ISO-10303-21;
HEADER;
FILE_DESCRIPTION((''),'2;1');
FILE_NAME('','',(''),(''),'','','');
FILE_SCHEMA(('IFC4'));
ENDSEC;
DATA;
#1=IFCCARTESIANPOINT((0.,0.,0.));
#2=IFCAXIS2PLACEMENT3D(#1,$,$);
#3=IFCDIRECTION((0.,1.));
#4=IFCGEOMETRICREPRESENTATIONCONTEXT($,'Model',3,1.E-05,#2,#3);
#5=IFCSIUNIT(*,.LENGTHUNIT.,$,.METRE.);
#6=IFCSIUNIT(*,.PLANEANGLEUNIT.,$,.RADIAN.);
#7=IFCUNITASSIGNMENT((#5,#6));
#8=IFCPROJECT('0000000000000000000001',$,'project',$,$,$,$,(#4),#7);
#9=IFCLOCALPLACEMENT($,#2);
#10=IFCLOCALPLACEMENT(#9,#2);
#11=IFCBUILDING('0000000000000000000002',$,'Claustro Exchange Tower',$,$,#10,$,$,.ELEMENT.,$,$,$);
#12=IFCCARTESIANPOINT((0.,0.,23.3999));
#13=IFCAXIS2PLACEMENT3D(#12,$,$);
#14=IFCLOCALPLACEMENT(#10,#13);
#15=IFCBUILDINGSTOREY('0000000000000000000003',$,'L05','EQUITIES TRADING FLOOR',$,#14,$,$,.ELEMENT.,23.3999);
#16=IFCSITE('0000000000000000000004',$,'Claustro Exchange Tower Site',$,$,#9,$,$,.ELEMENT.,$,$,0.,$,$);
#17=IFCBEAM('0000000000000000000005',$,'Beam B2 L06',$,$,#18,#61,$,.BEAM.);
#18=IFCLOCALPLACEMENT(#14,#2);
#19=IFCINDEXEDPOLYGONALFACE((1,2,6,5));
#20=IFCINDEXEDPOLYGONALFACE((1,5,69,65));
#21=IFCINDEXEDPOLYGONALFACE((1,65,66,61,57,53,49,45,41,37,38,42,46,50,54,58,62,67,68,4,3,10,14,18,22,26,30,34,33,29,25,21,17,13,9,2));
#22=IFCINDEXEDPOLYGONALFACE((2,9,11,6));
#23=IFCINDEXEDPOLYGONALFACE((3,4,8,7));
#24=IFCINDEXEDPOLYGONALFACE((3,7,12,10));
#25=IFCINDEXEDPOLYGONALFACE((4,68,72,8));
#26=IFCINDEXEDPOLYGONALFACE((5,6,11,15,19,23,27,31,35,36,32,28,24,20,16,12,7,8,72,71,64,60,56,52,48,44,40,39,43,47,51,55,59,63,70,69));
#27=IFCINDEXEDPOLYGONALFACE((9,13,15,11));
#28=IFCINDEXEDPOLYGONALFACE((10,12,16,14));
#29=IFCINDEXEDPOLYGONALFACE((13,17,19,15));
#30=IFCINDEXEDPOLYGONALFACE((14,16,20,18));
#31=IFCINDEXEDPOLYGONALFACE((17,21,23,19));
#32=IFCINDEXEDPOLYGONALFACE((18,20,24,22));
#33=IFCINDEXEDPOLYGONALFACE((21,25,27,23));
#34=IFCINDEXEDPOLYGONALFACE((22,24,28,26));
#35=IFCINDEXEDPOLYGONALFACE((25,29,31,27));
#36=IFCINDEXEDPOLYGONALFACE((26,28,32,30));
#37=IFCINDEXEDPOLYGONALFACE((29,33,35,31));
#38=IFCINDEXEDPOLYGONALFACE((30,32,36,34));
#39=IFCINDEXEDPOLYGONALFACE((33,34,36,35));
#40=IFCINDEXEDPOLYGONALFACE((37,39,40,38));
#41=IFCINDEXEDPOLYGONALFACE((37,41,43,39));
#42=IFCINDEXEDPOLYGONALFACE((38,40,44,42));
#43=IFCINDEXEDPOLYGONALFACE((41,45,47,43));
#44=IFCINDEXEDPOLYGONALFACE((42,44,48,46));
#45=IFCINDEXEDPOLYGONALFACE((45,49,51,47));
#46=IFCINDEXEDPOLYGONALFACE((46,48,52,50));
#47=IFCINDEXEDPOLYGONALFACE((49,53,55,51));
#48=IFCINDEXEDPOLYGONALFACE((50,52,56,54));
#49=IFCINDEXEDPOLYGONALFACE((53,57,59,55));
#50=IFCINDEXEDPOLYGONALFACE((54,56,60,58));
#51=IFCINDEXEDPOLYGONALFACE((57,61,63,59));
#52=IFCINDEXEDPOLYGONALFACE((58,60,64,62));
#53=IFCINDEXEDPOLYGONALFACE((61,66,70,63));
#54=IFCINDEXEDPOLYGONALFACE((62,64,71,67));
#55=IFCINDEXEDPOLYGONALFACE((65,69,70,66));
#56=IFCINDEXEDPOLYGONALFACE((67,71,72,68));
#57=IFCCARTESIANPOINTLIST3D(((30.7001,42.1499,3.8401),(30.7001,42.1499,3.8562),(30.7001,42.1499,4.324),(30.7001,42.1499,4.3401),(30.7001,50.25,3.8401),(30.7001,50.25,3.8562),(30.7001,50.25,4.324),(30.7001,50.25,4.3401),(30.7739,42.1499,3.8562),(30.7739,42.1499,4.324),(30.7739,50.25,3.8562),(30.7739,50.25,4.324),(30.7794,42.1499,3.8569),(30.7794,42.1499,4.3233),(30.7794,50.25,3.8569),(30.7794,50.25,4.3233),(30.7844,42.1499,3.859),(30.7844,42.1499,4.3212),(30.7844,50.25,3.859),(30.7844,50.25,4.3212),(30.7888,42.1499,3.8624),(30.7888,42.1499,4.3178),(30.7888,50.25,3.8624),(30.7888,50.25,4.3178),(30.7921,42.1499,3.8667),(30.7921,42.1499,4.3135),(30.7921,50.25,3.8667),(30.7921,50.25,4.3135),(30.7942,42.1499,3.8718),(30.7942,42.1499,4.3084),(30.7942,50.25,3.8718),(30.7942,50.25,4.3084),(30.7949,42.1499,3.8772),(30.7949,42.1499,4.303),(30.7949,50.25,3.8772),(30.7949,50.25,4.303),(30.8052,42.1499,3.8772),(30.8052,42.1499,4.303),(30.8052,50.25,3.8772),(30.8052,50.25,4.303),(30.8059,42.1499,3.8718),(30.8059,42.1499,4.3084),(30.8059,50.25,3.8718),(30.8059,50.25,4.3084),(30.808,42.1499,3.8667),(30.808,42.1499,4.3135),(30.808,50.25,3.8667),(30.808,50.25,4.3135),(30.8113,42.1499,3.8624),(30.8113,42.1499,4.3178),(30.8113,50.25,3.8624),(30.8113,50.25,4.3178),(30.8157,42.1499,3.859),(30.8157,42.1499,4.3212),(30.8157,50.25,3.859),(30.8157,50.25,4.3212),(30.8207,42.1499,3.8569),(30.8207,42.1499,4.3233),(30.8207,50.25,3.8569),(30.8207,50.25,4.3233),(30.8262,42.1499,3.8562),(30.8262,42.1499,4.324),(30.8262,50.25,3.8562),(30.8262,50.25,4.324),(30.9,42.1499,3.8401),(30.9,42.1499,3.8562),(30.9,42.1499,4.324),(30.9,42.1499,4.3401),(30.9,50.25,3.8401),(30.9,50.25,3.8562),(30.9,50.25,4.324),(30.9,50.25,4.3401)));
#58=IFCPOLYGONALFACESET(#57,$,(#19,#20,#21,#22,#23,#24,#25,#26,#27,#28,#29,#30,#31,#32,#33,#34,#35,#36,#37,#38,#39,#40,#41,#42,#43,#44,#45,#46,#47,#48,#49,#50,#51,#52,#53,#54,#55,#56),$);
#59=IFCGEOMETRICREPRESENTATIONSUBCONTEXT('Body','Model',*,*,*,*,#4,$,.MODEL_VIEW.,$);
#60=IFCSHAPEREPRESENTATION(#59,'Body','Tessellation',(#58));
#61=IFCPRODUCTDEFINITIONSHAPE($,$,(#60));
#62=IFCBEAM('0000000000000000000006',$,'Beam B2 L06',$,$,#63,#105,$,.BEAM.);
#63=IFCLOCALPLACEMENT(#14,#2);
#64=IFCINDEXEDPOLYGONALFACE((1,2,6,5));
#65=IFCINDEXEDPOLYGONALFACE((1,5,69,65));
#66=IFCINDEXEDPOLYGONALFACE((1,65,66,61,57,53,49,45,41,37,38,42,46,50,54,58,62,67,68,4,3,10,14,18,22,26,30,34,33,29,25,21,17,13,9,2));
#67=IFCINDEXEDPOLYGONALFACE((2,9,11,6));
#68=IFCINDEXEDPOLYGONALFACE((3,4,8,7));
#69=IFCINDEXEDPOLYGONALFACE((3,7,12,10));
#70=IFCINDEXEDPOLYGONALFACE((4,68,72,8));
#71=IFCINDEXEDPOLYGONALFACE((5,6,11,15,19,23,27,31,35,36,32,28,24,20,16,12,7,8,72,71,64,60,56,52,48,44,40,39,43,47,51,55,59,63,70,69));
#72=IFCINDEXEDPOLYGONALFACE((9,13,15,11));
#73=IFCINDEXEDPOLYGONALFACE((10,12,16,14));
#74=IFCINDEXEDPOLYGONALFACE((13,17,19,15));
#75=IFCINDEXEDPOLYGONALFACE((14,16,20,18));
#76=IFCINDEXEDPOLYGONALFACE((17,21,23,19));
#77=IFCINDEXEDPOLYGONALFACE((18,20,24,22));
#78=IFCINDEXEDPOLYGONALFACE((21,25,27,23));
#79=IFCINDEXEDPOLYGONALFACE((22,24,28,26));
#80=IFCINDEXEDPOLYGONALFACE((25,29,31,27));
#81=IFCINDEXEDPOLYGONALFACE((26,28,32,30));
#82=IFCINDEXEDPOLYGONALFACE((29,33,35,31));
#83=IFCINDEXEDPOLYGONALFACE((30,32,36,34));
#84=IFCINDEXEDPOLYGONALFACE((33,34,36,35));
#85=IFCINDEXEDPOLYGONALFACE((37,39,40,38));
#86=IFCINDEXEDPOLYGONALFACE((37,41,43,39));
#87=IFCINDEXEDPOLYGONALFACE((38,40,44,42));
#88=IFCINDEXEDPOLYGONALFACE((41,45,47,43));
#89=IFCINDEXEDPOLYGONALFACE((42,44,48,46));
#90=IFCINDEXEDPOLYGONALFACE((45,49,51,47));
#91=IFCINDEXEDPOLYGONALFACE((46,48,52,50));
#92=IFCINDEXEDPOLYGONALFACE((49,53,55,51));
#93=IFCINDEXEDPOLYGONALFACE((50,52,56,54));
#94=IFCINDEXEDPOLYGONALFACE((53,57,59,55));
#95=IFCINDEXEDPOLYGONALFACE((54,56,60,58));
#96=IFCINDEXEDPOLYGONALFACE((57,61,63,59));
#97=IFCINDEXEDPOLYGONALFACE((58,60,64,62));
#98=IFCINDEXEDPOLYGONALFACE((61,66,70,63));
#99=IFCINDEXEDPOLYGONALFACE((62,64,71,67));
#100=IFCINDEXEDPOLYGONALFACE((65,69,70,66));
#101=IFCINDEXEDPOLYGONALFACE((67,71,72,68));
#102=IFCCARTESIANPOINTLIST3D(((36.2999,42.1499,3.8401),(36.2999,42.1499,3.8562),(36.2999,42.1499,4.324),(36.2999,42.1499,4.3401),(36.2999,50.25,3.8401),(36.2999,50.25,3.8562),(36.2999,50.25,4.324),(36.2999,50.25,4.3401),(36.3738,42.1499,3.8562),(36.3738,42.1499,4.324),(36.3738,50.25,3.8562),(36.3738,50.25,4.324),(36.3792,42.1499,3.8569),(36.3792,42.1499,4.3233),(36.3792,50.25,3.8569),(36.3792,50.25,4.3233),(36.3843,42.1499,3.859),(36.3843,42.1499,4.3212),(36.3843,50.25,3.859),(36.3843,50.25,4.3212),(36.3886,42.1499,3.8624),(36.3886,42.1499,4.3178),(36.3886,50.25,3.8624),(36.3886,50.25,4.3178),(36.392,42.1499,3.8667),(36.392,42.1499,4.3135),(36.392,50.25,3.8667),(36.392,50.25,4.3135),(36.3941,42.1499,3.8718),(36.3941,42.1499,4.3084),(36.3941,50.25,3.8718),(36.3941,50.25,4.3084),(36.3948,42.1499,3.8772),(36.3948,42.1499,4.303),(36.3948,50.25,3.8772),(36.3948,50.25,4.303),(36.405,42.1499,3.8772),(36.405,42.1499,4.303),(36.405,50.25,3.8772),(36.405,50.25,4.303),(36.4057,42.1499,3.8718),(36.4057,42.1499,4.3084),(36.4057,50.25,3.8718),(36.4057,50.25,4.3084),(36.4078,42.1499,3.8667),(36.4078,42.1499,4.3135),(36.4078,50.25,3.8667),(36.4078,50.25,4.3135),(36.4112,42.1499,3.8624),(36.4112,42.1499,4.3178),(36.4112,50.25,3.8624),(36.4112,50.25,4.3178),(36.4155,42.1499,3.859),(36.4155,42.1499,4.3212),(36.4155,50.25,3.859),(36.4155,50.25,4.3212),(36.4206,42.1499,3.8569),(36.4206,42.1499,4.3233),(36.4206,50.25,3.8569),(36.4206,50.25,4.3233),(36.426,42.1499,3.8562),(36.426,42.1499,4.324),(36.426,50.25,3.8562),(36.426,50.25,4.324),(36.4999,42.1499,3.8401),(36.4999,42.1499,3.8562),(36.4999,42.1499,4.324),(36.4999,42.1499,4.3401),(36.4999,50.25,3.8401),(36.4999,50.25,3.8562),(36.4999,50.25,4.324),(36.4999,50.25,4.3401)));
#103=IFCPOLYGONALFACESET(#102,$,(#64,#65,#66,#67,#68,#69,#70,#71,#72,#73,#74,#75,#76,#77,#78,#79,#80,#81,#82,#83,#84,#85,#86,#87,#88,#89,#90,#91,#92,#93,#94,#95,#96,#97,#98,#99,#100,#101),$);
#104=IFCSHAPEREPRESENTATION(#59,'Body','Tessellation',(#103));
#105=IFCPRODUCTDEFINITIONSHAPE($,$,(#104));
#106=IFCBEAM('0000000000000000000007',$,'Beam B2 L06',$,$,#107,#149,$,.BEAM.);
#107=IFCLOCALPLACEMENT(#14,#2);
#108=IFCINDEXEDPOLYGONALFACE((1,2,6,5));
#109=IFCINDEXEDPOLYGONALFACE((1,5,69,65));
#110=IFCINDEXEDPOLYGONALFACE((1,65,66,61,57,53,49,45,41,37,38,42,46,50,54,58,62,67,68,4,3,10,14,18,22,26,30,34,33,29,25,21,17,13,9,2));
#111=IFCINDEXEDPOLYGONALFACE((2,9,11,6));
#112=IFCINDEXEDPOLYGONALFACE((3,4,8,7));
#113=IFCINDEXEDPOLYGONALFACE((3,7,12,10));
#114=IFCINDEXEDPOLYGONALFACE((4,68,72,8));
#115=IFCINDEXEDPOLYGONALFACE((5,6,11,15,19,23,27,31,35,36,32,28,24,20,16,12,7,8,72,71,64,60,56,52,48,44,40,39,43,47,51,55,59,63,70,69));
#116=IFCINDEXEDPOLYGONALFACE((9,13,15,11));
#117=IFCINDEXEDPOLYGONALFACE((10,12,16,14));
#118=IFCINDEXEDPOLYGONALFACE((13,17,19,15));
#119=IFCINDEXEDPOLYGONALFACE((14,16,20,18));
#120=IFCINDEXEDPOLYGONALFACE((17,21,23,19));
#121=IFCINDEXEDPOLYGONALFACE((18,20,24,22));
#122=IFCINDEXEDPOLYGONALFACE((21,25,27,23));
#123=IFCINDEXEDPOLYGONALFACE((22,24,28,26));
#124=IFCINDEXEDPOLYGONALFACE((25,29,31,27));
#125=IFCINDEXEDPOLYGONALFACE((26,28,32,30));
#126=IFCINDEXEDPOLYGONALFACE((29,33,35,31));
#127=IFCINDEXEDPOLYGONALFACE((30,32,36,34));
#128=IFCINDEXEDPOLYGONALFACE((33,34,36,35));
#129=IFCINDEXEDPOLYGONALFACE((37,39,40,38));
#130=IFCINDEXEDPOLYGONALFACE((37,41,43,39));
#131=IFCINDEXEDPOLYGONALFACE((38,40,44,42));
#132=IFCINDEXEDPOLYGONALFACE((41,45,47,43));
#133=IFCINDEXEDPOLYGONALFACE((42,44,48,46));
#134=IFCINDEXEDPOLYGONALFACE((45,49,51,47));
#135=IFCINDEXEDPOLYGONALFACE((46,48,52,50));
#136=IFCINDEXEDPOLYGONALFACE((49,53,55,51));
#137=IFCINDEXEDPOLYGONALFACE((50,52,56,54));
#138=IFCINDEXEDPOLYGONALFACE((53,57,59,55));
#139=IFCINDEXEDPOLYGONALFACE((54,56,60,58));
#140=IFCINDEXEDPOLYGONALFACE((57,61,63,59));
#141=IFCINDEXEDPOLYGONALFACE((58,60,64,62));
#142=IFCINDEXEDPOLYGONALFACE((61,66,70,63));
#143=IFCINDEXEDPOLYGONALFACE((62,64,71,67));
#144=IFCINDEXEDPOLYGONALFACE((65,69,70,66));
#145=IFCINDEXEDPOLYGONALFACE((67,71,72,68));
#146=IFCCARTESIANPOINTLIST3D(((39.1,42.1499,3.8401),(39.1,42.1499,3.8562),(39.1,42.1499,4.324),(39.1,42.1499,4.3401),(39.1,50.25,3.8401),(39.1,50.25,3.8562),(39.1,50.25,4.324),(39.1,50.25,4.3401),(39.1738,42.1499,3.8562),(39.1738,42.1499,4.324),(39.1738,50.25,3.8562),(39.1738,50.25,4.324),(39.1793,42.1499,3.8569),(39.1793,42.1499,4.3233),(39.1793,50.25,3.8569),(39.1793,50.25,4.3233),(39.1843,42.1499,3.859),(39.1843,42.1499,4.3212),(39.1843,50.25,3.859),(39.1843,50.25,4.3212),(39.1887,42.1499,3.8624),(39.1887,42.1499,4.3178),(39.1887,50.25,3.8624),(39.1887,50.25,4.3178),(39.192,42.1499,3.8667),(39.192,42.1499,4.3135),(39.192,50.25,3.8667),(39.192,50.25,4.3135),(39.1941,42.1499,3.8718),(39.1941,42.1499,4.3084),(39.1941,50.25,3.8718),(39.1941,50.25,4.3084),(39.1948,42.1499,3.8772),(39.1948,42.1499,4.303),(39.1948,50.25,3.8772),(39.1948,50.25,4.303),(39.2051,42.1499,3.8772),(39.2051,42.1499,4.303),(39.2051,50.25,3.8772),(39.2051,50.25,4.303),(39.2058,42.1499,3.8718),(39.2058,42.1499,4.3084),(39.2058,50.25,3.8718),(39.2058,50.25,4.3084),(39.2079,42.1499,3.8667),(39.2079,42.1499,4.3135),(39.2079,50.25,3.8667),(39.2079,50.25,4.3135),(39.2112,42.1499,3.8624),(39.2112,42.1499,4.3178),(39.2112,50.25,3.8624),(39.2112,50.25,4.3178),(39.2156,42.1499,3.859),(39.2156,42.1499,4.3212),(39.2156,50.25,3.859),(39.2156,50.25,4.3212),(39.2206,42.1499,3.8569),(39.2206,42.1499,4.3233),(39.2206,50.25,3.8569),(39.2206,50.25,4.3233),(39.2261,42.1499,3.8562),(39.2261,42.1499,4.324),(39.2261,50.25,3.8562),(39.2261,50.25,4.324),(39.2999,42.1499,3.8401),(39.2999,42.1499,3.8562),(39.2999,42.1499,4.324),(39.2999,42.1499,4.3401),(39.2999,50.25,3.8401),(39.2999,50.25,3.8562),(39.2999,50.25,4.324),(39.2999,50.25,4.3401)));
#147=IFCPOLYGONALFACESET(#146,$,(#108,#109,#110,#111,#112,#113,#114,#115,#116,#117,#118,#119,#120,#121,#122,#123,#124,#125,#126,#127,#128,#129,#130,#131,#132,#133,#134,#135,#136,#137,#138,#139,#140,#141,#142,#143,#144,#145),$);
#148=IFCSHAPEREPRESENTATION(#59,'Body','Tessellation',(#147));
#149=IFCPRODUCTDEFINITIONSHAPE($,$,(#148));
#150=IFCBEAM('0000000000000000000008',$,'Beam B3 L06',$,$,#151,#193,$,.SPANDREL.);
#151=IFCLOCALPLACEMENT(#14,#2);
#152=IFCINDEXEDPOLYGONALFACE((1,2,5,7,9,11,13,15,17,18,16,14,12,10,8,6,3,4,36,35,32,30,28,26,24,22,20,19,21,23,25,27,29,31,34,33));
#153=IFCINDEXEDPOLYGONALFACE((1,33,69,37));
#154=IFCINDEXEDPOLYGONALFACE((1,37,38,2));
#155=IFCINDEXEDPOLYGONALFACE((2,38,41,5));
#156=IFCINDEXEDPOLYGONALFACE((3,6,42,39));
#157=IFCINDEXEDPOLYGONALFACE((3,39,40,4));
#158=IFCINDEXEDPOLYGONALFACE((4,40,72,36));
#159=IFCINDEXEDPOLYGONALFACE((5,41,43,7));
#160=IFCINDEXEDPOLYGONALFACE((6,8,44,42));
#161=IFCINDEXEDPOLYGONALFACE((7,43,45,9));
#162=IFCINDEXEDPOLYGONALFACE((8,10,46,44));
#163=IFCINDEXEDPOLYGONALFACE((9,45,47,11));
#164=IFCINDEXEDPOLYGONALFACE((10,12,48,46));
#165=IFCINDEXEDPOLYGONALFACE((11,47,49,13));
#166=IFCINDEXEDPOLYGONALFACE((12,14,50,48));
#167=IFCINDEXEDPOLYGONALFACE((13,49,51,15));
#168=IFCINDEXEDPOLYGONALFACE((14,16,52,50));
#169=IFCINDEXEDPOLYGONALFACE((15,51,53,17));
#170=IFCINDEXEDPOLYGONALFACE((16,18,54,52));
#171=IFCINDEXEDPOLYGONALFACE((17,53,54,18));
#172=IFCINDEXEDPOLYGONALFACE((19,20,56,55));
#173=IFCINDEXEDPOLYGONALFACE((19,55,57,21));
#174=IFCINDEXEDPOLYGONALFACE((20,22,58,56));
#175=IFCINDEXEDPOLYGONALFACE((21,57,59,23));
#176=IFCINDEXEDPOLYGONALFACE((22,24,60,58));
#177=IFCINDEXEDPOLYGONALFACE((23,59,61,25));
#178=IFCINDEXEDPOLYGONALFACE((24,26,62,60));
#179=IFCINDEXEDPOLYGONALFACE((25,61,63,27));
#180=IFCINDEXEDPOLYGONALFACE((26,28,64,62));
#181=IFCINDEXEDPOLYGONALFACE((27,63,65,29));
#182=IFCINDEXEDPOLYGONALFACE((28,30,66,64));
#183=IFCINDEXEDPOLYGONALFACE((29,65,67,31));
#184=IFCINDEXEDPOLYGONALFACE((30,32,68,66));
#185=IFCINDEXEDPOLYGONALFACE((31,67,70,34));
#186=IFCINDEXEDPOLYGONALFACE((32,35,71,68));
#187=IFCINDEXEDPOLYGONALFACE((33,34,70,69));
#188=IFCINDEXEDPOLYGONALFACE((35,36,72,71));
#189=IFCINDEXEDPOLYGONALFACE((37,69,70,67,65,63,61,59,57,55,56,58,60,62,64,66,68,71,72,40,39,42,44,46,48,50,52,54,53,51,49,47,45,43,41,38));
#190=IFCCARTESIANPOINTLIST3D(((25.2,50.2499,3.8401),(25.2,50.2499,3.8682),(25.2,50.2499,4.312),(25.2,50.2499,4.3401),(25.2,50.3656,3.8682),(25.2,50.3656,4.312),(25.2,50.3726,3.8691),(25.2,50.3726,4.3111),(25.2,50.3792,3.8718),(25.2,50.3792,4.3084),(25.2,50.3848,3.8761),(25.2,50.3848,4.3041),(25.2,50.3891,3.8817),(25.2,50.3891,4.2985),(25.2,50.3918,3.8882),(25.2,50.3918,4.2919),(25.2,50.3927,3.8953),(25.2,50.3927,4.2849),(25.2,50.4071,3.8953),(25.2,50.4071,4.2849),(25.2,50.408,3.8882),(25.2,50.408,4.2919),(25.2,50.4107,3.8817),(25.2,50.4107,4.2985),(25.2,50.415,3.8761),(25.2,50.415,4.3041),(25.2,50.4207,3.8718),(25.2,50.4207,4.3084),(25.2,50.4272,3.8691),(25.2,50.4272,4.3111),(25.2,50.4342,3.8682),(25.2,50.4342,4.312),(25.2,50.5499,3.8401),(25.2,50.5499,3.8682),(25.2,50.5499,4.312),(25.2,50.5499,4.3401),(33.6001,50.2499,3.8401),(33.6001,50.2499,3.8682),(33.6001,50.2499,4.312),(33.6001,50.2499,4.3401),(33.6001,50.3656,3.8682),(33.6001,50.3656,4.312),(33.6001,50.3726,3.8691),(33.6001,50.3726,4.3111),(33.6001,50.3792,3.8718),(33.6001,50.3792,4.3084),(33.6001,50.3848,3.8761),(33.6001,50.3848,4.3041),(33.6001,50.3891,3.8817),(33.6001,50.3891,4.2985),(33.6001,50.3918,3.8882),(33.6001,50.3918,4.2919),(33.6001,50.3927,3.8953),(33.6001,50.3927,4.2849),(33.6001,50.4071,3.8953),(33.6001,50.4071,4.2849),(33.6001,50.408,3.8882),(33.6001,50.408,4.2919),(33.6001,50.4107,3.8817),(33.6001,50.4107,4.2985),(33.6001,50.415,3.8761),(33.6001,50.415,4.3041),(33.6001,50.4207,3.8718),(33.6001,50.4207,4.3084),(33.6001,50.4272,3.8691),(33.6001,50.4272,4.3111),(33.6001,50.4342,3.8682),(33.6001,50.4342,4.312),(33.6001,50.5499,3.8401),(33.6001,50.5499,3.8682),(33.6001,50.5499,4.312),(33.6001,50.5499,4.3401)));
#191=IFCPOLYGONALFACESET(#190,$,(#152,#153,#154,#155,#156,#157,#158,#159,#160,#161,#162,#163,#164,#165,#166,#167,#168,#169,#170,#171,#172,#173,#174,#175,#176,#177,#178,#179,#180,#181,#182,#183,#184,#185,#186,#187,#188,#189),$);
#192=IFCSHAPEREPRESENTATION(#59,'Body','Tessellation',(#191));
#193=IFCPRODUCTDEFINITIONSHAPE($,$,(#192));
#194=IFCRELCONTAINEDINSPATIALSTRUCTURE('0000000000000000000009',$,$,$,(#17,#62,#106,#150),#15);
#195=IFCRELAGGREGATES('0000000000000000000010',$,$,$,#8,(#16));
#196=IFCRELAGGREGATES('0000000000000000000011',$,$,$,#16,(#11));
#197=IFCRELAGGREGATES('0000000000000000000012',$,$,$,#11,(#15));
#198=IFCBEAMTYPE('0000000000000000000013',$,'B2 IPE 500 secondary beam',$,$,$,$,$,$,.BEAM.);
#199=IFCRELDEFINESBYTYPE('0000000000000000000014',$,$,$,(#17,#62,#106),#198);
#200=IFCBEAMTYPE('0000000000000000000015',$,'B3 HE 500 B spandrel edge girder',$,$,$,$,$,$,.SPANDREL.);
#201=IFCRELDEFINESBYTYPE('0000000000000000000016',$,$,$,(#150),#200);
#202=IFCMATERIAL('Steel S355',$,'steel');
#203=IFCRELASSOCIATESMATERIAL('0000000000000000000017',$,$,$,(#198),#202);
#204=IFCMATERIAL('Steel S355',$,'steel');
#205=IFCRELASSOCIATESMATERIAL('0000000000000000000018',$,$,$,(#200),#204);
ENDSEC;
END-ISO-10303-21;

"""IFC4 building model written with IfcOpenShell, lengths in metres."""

from ifc_helpers import new_model, si_unit, direction, frame, origin, origin_2d, place, context, subcontext, project, spatial, i_section, extrude, material, material_profile, profile_set, type_object, element, save


model = new_model("IFC4")

# Units and contexts
model_context = context("Model", 3, precision=1e-05, world=origin(), true_north=direction((0.0, 1.0)))
body_context = subcontext(model_context, "Body", "Model", "MODEL_VIEW")
ifc_project = project(units=[si_unit("LENGTHUNIT", "METRE"), si_unit("PLANEANGLEUNIT", "RADIAN")], contexts=[model_context])

# Site, building, storey
site_placement = place(None, origin())
site = spatial("IfcSite", under=ifc_project, at=site_placement, Name="Claustro Exchange Tower Site", CompositionType="ELEMENT", RefElevation=0.0)
building_placement = place(site_placement, origin())
building = spatial("IfcBuilding", under=site, at=building_placement, Name="Claustro Exchange Tower", CompositionType="ELEMENT")
storey_placement = place(building_placement, frame((0.0, 0.0, 23.3999)))
storey = spatial("IfcBuildingStorey", under=building, at=storey_placement, Name="L05", Description="EQUITIES TRADING FLOOR", CompositionType="ELEMENT", Elevation=23.3999)

# Beams
ifc_material_1 = material(Name="Steel S355", Category="steel")
ifc_material_profile_1 = material_profile(ifc_material_1, i_section(OverallWidth=0.2, OverallDepth=0.5, WebThickness=0.0103, FlangeThickness=0.0161, FilletRadius=0.021, at=origin_2d()), Name="IPE 500")
ifc_profile_set_1 = profile_set([ifc_material_profile_1], Name="Steel S355")
beam_type_1 = type_object("IfcBeamType", Name="B2 IPE 500 secondary beam", PredefinedType="BEAM", material=ifc_profile_set_1)
for number, where, z_axis, x_axis, name in (
    (1, (30.8, 42.1499, 4.0901), (0.0, 1.0, 0.0), (-1.0, 0.0, 0.0), "Beam B2 L06"),
    (2, (36.3999, 42.1499, 4.0901), (0.0, 1.0, 0.0), (-1.0, 0.0, 0.0), "Beam B2 L06"),
    (3, (39.2, 42.1499, 4.0901), (0.0, 1.0, 0.0), (-1.0, 0.0, 0.0), "Beam B2 L06"),
):
    element("IfcBeam", number, at=place(storey_placement, frame(where, z_axis=z_axis, x_axis=x_axis)), inside=storey, type_object=beam_type_1, Name=name, PredefinedType="BEAM", context=body_context, shape_type="SweptSolid", body=[
        extrude(i_section(OverallWidth=0.2, OverallDepth=0.5, WebThickness=0.0103, FlangeThickness=0.0161, FilletRadius=0.021, at=origin_2d()), origin(), (0.0, 0.0, 1.0), 8.1001),
    ])
ifc_material_2 = material(Name="Steel S355", Category="steel")
ifc_material_profile_2 = material_profile(ifc_material_2, i_section(OverallWidth=0.3, OverallDepth=0.5, WebThickness=0.0144, FlangeThickness=0.0281, FilletRadius=0.0271, at=origin_2d()), Name="HE 500 B")
ifc_profile_set_2 = profile_set([ifc_material_profile_2], Name="Steel S355")
beam_type_2 = type_object("IfcBeamType", Name="B3 HE 500 B spandrel edge girder", PredefinedType="SPANDREL", material=ifc_profile_set_2)
beam_1_placement = place(storey_placement, frame((25.2, 50.3999, 4.0901), z_axis=(1.0, 0.0, 0.0), x_axis=(0.0, 1.0, 0.0)))
element("IfcBeam", 4, at=beam_1_placement, inside=storey, type_object=beam_type_2, Name="Beam B3 L06", PredefinedType="SPANDREL", context=body_context, shape_type="SweptSolid", body=[
    extrude(i_section(OverallWidth=0.3, OverallDepth=0.5, WebThickness=0.0144, FlangeThickness=0.0281, FilletRadius=0.0271, at=origin_2d()), origin(), (0.0, 0.0, 1.0), 8.4001),
])

save(model, "model.ifc")
